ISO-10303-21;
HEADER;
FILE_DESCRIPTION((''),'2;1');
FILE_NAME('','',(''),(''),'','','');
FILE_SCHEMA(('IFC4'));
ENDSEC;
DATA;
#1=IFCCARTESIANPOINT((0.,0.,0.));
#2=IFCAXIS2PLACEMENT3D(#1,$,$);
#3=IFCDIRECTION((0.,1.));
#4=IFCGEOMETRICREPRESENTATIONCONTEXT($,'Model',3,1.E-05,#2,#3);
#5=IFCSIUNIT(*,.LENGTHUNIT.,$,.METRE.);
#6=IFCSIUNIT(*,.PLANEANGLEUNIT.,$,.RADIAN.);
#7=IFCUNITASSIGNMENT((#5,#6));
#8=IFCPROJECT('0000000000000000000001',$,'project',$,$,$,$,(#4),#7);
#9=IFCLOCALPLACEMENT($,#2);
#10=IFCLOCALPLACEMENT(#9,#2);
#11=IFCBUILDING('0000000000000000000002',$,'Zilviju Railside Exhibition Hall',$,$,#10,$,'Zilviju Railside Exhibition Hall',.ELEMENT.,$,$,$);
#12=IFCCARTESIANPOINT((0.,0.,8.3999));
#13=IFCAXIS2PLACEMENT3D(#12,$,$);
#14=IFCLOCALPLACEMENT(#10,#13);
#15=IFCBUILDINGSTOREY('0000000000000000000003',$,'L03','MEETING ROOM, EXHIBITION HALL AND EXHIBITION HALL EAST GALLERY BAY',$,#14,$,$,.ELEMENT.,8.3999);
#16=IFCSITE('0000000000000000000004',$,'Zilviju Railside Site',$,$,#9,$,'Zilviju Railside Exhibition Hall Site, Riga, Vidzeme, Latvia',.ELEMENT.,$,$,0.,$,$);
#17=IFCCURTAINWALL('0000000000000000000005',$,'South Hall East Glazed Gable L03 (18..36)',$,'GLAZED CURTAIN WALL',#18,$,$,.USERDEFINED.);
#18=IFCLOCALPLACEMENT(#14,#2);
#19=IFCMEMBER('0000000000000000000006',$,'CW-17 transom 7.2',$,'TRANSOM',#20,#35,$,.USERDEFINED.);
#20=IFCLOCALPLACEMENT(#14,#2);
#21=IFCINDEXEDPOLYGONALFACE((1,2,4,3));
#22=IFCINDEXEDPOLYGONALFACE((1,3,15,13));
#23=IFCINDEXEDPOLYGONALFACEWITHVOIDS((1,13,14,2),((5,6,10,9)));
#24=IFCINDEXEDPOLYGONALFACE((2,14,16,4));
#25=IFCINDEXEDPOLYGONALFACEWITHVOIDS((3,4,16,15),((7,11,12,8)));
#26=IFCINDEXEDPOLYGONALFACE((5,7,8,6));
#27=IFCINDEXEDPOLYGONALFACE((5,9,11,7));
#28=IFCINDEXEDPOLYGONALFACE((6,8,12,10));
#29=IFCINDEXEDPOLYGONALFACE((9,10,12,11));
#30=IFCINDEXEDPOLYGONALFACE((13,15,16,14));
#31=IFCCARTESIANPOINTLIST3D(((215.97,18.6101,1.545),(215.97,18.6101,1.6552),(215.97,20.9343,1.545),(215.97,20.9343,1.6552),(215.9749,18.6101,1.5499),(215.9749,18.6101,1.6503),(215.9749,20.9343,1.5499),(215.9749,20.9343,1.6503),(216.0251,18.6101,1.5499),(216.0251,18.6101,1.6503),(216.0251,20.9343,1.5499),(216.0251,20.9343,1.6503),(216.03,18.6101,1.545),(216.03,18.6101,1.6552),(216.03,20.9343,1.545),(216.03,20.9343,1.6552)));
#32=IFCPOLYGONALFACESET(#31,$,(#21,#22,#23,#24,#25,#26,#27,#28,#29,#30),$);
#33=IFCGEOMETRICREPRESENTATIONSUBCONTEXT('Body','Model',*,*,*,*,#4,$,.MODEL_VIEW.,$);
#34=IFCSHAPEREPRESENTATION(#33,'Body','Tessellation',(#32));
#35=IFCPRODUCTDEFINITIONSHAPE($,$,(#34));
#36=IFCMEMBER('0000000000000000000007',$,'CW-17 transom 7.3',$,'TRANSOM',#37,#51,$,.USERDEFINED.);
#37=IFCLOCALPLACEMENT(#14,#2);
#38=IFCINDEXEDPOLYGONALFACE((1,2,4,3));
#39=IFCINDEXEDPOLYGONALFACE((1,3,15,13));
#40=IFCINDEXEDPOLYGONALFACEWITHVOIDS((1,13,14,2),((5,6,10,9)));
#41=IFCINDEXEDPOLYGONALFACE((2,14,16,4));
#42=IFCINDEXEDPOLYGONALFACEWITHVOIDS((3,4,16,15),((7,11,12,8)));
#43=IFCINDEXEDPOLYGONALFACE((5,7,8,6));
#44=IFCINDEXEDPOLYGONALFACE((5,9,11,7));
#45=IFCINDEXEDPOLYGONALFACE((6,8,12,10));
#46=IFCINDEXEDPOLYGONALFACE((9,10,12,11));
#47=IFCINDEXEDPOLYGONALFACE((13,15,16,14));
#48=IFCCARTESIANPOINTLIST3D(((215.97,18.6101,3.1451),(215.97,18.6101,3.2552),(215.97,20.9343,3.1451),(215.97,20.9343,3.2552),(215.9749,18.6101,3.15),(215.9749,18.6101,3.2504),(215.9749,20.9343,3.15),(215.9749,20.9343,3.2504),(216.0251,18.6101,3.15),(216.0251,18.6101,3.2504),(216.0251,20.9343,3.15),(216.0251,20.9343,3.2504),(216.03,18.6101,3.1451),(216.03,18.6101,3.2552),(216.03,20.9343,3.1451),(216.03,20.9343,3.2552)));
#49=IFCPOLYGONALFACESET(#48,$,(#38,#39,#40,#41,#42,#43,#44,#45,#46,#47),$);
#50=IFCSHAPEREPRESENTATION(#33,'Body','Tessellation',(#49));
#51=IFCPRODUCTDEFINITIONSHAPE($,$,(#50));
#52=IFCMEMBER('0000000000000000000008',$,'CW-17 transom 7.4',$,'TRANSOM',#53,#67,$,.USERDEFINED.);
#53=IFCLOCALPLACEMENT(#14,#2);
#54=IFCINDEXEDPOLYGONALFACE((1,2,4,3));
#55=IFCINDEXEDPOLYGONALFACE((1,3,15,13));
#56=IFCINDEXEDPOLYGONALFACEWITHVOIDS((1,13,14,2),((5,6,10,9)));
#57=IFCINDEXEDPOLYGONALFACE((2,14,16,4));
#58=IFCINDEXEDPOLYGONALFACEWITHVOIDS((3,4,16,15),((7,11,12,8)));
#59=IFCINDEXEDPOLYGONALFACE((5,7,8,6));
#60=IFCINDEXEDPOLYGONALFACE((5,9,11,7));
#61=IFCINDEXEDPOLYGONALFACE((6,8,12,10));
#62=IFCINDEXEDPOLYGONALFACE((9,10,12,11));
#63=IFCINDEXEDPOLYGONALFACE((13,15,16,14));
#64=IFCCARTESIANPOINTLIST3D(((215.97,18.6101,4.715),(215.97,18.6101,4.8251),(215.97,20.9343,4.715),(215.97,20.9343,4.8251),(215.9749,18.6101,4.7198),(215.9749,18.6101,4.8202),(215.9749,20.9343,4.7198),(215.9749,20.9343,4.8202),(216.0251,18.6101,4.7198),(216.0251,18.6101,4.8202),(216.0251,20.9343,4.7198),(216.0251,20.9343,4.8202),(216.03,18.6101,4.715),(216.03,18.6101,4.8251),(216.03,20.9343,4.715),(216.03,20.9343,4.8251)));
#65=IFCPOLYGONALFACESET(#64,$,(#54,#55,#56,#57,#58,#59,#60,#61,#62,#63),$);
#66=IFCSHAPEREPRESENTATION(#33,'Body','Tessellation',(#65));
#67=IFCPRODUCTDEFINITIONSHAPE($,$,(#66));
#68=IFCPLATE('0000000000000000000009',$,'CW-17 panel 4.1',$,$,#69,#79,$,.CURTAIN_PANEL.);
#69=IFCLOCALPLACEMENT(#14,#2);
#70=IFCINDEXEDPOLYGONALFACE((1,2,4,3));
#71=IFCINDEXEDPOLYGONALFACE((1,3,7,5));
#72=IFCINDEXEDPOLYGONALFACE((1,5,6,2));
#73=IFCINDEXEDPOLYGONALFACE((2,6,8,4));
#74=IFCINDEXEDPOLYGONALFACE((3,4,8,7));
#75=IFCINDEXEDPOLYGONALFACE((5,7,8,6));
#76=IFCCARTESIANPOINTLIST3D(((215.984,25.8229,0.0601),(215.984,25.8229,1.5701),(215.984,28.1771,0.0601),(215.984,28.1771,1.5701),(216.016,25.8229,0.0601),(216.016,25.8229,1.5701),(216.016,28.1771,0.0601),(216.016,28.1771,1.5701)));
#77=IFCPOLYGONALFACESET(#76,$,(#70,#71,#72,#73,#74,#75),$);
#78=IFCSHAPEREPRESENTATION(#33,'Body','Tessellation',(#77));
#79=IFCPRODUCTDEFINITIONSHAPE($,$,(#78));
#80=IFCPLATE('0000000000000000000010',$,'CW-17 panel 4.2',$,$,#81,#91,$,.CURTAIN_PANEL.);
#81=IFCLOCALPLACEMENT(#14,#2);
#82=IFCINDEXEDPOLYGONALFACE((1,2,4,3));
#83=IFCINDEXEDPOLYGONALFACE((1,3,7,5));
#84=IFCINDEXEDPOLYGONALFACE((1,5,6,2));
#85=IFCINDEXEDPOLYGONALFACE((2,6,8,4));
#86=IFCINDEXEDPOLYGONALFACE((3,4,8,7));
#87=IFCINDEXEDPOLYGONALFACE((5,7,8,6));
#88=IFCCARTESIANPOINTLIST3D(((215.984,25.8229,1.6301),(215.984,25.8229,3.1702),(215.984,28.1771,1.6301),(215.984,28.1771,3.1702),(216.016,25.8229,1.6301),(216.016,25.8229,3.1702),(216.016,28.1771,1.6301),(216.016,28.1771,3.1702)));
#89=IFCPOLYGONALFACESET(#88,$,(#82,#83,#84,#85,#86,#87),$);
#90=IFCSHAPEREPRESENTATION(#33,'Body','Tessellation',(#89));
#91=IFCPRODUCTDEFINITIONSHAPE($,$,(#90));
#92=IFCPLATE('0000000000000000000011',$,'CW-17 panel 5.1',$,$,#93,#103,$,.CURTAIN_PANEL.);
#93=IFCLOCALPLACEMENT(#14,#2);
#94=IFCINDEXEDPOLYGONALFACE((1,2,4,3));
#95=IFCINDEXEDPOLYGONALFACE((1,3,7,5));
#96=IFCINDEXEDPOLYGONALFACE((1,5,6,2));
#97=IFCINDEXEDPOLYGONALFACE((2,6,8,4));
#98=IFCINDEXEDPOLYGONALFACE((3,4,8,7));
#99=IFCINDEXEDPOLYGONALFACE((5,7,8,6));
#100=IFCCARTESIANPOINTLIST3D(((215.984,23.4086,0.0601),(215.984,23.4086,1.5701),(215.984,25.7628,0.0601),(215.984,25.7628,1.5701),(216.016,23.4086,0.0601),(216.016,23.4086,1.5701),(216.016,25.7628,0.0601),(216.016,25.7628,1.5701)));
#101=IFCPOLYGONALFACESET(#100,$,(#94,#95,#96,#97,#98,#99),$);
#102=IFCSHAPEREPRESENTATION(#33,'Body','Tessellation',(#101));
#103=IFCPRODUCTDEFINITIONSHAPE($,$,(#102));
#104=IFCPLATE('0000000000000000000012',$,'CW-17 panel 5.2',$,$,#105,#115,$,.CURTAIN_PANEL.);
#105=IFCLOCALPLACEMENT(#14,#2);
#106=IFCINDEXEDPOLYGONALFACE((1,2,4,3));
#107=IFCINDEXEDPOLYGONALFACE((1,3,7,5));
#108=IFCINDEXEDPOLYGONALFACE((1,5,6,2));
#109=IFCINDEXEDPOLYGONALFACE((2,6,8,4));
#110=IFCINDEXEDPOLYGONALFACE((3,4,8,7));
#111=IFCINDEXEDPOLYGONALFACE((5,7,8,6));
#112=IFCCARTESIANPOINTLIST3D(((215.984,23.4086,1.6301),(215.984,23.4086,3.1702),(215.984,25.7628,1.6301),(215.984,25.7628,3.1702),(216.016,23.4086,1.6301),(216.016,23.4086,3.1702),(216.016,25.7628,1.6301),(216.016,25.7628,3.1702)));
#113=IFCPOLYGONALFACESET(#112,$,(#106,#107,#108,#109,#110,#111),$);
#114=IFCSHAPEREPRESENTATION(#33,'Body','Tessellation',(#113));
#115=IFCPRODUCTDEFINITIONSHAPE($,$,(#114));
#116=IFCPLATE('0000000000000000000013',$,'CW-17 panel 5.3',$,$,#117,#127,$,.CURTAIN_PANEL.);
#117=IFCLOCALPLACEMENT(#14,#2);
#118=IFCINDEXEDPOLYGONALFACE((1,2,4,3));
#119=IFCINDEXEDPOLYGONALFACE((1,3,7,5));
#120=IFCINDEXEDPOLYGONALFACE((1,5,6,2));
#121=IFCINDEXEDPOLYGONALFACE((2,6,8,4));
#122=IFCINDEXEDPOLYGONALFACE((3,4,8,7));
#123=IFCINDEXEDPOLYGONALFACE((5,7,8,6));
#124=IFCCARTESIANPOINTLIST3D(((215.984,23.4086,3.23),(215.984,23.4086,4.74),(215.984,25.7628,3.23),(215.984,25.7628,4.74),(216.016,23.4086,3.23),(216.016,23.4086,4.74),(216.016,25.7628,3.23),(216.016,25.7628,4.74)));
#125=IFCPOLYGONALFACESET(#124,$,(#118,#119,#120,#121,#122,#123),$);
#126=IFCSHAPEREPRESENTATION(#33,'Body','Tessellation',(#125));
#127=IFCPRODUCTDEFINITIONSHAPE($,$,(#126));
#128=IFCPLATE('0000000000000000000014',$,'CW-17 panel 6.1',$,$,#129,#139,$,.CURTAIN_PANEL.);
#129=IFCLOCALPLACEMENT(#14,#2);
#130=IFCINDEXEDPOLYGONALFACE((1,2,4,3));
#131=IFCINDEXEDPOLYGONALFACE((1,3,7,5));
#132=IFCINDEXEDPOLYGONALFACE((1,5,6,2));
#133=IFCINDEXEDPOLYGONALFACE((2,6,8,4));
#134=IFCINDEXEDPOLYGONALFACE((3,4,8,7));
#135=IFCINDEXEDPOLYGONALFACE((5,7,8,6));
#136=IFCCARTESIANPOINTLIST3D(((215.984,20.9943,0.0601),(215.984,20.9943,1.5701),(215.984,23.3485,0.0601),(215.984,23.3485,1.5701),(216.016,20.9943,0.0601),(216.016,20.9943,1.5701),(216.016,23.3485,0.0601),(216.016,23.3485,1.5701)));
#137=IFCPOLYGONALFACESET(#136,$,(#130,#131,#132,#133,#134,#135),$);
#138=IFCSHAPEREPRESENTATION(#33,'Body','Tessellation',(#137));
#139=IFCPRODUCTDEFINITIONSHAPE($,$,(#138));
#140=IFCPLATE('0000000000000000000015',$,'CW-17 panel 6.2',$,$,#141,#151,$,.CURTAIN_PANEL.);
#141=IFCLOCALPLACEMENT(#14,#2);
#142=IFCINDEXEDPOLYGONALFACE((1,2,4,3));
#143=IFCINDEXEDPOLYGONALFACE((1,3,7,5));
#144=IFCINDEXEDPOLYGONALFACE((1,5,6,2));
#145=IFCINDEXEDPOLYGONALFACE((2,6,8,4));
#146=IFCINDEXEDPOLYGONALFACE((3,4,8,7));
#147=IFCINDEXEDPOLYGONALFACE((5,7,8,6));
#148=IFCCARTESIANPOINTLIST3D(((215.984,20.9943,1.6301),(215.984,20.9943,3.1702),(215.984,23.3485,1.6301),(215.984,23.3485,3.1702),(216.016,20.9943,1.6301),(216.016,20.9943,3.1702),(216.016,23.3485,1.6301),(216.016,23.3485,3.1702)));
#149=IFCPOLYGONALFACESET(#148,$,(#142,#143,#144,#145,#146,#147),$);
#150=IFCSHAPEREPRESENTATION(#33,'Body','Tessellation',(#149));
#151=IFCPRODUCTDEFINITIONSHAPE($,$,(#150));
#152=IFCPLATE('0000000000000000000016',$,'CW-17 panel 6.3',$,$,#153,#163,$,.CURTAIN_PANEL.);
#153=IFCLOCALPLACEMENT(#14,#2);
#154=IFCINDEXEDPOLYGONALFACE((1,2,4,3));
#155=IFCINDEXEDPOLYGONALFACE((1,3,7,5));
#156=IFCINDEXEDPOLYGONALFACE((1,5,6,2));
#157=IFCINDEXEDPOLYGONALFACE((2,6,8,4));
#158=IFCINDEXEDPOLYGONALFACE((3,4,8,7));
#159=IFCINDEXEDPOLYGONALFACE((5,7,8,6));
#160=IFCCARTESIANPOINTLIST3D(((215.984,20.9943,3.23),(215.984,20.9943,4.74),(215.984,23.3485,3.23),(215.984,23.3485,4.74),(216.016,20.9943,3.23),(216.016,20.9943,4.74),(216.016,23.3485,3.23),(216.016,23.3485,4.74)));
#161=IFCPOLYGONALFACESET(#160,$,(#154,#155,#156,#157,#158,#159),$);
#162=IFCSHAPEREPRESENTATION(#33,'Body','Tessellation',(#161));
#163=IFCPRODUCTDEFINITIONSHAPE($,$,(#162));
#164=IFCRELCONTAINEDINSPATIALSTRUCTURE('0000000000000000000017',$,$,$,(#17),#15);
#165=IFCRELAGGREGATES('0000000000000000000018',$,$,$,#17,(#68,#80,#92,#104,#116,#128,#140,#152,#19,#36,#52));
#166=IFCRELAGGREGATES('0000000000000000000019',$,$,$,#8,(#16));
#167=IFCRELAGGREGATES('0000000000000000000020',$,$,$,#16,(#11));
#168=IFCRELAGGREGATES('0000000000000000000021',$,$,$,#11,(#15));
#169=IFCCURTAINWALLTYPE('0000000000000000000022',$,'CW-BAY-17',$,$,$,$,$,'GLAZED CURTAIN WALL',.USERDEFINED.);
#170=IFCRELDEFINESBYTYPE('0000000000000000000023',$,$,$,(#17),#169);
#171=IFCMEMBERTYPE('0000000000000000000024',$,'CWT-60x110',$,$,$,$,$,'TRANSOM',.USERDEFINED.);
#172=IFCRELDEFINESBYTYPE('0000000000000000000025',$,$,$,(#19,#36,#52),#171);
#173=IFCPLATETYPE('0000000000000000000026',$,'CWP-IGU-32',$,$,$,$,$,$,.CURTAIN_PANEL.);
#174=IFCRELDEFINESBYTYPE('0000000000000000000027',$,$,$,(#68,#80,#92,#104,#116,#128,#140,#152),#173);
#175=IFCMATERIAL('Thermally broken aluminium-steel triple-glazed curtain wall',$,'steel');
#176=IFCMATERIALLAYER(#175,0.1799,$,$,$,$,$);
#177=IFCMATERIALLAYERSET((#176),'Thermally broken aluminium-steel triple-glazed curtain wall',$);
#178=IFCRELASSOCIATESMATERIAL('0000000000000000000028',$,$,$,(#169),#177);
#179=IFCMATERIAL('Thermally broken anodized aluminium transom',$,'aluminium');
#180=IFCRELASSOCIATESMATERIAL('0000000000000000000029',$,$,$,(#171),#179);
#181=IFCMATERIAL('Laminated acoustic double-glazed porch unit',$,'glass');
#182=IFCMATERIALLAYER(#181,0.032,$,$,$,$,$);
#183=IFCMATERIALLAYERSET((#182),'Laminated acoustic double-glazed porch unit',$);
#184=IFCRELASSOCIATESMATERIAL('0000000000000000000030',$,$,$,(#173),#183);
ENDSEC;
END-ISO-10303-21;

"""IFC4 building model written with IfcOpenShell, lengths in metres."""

from ifc_helpers import new_model, si_unit, direction, frame, origin, origin_2d, place, context, subcontext, project, spatial, rectangle, hollow_rectangle, extrude, material, layer, layer_set, material_profile, profile_set, type_object, element, aggregate, save


model = new_model("IFC4")

# Units and contexts
model_context = context("Model", 3, precision=1e-05, world=origin(), true_north=direction((0.0, 1.0)))
body_context = subcontext(model_context, "Body", "Model", "MODEL_VIEW")
ifc_project = project(units=[si_unit("LENGTHUNIT", "METRE"), si_unit("PLANEANGLEUNIT", "RADIAN")], contexts=[model_context])

# Site, building, storey
site_placement = place(None, origin())
site = spatial("IfcSite", under=ifc_project, at=site_placement, Name="Zilviju Railside Site", LongName="Zilviju Railside Exhibition Hall Site, Riga, Vidzeme, Latvia", CompositionType="ELEMENT", RefElevation=0.0)
building_placement = place(site_placement, origin())
building = spatial("IfcBuilding", under=site, at=building_placement, Name="Zilviju Railside Exhibition Hall", LongName="Zilviju Railside Exhibition Hall", CompositionType="ELEMENT")
storey_placement = place(building_placement, frame((0.0, 0.0, 8.3999)))
storey = spatial("IfcBuildingStorey", under=building, at=storey_placement, Name="L03", Description="MEETING ROOM, EXHIBITION HALL AND EXHIBITION HALL EAST GALLERY BAY", CompositionType="ELEMENT", Elevation=8.3999)

# Curtain wall, members, plates
ifc_material_1 = material(Name="Thermally broken aluminium-steel triple-glazed curtain wall", Category="steel")
ifc_layer_1 = layer(ifc_material_1, 0.1799)
ifc_layer_set_1 = layer_set([ifc_layer_1], Name="Thermally broken aluminium-steel triple-glazed curtain wall")
curtain_wall_type = type_object("IfcCurtainWallType", Name="CW-BAY-17", ElementType="GLAZED CURTAIN WALL", PredefinedType="USERDEFINED", material=ifc_layer_set_1)
curtain_wall_placement = place(storey_placement, origin())
curtain_wall = element("IfcCurtainWall", 1, at=curtain_wall_placement, inside=storey, type_object=curtain_wall_type, Name="South Hall East Glazed Gable L03 (18..36)", ObjectType="GLAZED CURTAIN WALL", PredefinedType="USERDEFINED")
ifc_material_2 = material(Name="Thermally broken anodized aluminium transom", Category="aluminium")
ifc_material_profile_1 = material_profile(ifc_material_2, hollow_rectangle(XDim=0.0601, YDim=0.1101, WallThickness=0.0049, at=origin_2d()), Name="TRANSOM 110x60x5")
ifc_profile_set_1 = profile_set([ifc_material_profile_1], Name="Thermally broken anodized aluminium transom")
member_type_1 = type_object("IfcMemberType", Name="CWT-60x110", ElementType="TRANSOM", PredefinedType="USERDEFINED", material=ifc_profile_set_1)
member_1_placement = place(storey_placement, frame((216.0, 20.9343, 1.6001), z_axis=(0.0, -1.0, 0.0), x_axis=(1.0, 0.0, 0.0)))
member_1 = element("IfcMember", 2, at=member_1_placement, type_object=member_type_1, Name="CW-17 transom 7.2", ObjectType="TRANSOM", PredefinedType="USERDEFINED", context=body_context, shape_type="SweptSolid", body=[
    extrude(hollow_rectangle(XDim=0.0601, YDim=0.1101, WallThickness=0.0049, at=origin_2d()), origin(), (0.0, 0.0, 1.0), 2.3242),
])
member_2_placement = place(storey_placement, frame((216.0, 20.9343, 3.2002), z_axis=(0.0, -1.0, 0.0), x_axis=(1.0, 0.0, 0.0)))
member_2 = element("IfcMember", 3, at=member_2_placement, type_object=member_type_1, Name="CW-17 transom 7.3", ObjectType="TRANSOM", PredefinedType="USERDEFINED", context=body_context, shape_type="SweptSolid", body=[
    extrude(hollow_rectangle(XDim=0.0601, YDim=0.1101, WallThickness=0.0049, at=origin_2d()), origin(), (0.0, 0.0, 1.0), 2.3242),
])
member_3_placement = place(storey_placement, frame((216.0, 20.9343, 4.77), z_axis=(0.0, -1.0, 0.0), x_axis=(1.0, 0.0, 0.0)))
member_3 = element("IfcMember", 4, at=member_3_placement, type_object=member_type_1, Name="CW-17 transom 7.4", ObjectType="TRANSOM", PredefinedType="USERDEFINED", context=body_context, shape_type="SweptSolid", body=[
    extrude(hollow_rectangle(XDim=0.0601, YDim=0.1101, WallThickness=0.0049, at=origin_2d()), origin(), (0.0, 0.0, 1.0), 2.3242),
])
ifc_material_3 = material(Name="Laminated acoustic double-glazed porch unit", Category="glass")
ifc_layer_2 = layer(ifc_material_3, 0.032)
ifc_layer_set_2 = layer_set([ifc_layer_2], Name="Laminated acoustic double-glazed porch unit")
plate_type = type_object("IfcPlateType", Name="CWP-IGU-32", PredefinedType="CURTAIN_PANEL", material=ifc_layer_set_2)
plate_1_placement = place(storey_placement, frame((216.0, 27.0, 0.0601), z_axis=(0.0, 0.0, 1.0), x_axis=(0.0, -1.0, 0.0)))
plate_1 = element("IfcPlate", 5, at=plate_1_placement, type_object=plate_type, Name="CW-17 panel 4.1", PredefinedType="CURTAIN_PANEL", context=body_context, shape_type="SweptSolid", body=[
    extrude(rectangle(XDim=2.3542, YDim=0.032, at=origin_2d()), origin(), (0.0, 0.0, 1.0), 1.51),
])
plate_2_placement = place(storey_placement, frame((216.0, 27.0, 1.6301), z_axis=(0.0, 0.0, 1.0), x_axis=(0.0, -1.0, 0.0)))
plate_2 = element("IfcPlate", 6, at=plate_2_placement, type_object=plate_type, Name="CW-17 panel 4.2", PredefinedType="CURTAIN_PANEL", context=body_context, shape_type="SweptSolid", body=[
    extrude(rectangle(XDim=2.3542, YDim=0.032, at=origin_2d()), origin(), (0.0, 0.0, 1.0), 1.54),
])
plate_3_placement = place(storey_placement, frame((216.0, 24.5857, 0.0601), z_axis=(0.0, 0.0, 1.0), x_axis=(0.0, -1.0, 0.0)))
plate_3 = element("IfcPlate", 7, at=plate_3_placement, type_object=plate_type, Name="CW-17 panel 5.1", PredefinedType="CURTAIN_PANEL", context=body_context, shape_type="SweptSolid", body=[
    extrude(rectangle(XDim=2.3542, YDim=0.032, at=origin_2d()), origin(), (0.0, 0.0, 1.0), 1.51),
])
plate_4_placement = place(storey_placement, frame((216.0, 24.5857, 1.6301), z_axis=(0.0, 0.0, 1.0), x_axis=(0.0, -1.0, 0.0)))
plate_4 = element("IfcPlate", 8, at=plate_4_placement, type_object=plate_type, Name="CW-17 panel 5.2", PredefinedType="CURTAIN_PANEL", context=body_context, shape_type="SweptSolid", body=[
    extrude(rectangle(XDim=2.3542, YDim=0.032, at=origin_2d()), origin(), (0.0, 0.0, 1.0), 1.54),
])
plate_5_placement = place(storey_placement, frame((216.0, 24.5857, 3.23), z_axis=(0.0, 0.0, 1.0), x_axis=(0.0, -1.0, 0.0)))
plate_5 = element("IfcPlate", 9, at=plate_5_placement, type_object=plate_type, Name="CW-17 panel 5.3", PredefinedType="CURTAIN_PANEL", context=body_context, shape_type="SweptSolid", body=[
    extrude(rectangle(XDim=2.3542, YDim=0.032, at=origin_2d()), origin(), (0.0, 0.0, 1.0), 1.51),
])
plate_6_placement = place(storey_placement, frame((216.0, 22.1714, 0.0601), z_axis=(0.0, 0.0, 1.0), x_axis=(0.0, -1.0, 0.0)))
plate_6 = element("IfcPlate", 10, at=plate_6_placement, type_object=plate_type, Name="CW-17 panel 6.1", PredefinedType="CURTAIN_PANEL", context=body_context, shape_type="SweptSolid", body=[
    extrude(rectangle(XDim=2.3542, YDim=0.032, at=origin_2d()), origin(), (0.0, 0.0, 1.0), 1.51),
])
plate_7_placement = place(storey_placement, frame((216.0, 22.1714, 1.6301), z_axis=(0.0, 0.0, 1.0), x_axis=(0.0, -1.0, 0.0)))
plate_7 = element("IfcPlate", 11, at=plate_7_placement, type_object=plate_type, Name="CW-17 panel 6.2", PredefinedType="CURTAIN_PANEL", context=body_context, shape_type="SweptSolid", body=[
    extrude(rectangle(XDim=2.3542, YDim=0.032, at=origin_2d()), origin(), (0.0, 0.0, 1.0), 1.54),
])
plate_8_placement = place(storey_placement, frame((216.0, 22.1714, 3.23), z_axis=(0.0, 0.0, 1.0), x_axis=(0.0, -1.0, 0.0)))
plate_8 = element("IfcPlate", 12, at=plate_8_placement, type_object=plate_type, Name="CW-17 panel 6.3", PredefinedType="CURTAIN_PANEL", context=body_context, shape_type="SweptSolid", body=[
    extrude(rectangle(XDim=2.3542, YDim=0.032, at=origin_2d()), origin(), (0.0, 0.0, 1.0), 1.51),
])
aggregate(curtain_wall, [plate_1, plate_2, plate_3, plate_4, plate_5, plate_6, plate_7, plate_8, member_1, member_2, member_3])

save(model, "model.ifc")
